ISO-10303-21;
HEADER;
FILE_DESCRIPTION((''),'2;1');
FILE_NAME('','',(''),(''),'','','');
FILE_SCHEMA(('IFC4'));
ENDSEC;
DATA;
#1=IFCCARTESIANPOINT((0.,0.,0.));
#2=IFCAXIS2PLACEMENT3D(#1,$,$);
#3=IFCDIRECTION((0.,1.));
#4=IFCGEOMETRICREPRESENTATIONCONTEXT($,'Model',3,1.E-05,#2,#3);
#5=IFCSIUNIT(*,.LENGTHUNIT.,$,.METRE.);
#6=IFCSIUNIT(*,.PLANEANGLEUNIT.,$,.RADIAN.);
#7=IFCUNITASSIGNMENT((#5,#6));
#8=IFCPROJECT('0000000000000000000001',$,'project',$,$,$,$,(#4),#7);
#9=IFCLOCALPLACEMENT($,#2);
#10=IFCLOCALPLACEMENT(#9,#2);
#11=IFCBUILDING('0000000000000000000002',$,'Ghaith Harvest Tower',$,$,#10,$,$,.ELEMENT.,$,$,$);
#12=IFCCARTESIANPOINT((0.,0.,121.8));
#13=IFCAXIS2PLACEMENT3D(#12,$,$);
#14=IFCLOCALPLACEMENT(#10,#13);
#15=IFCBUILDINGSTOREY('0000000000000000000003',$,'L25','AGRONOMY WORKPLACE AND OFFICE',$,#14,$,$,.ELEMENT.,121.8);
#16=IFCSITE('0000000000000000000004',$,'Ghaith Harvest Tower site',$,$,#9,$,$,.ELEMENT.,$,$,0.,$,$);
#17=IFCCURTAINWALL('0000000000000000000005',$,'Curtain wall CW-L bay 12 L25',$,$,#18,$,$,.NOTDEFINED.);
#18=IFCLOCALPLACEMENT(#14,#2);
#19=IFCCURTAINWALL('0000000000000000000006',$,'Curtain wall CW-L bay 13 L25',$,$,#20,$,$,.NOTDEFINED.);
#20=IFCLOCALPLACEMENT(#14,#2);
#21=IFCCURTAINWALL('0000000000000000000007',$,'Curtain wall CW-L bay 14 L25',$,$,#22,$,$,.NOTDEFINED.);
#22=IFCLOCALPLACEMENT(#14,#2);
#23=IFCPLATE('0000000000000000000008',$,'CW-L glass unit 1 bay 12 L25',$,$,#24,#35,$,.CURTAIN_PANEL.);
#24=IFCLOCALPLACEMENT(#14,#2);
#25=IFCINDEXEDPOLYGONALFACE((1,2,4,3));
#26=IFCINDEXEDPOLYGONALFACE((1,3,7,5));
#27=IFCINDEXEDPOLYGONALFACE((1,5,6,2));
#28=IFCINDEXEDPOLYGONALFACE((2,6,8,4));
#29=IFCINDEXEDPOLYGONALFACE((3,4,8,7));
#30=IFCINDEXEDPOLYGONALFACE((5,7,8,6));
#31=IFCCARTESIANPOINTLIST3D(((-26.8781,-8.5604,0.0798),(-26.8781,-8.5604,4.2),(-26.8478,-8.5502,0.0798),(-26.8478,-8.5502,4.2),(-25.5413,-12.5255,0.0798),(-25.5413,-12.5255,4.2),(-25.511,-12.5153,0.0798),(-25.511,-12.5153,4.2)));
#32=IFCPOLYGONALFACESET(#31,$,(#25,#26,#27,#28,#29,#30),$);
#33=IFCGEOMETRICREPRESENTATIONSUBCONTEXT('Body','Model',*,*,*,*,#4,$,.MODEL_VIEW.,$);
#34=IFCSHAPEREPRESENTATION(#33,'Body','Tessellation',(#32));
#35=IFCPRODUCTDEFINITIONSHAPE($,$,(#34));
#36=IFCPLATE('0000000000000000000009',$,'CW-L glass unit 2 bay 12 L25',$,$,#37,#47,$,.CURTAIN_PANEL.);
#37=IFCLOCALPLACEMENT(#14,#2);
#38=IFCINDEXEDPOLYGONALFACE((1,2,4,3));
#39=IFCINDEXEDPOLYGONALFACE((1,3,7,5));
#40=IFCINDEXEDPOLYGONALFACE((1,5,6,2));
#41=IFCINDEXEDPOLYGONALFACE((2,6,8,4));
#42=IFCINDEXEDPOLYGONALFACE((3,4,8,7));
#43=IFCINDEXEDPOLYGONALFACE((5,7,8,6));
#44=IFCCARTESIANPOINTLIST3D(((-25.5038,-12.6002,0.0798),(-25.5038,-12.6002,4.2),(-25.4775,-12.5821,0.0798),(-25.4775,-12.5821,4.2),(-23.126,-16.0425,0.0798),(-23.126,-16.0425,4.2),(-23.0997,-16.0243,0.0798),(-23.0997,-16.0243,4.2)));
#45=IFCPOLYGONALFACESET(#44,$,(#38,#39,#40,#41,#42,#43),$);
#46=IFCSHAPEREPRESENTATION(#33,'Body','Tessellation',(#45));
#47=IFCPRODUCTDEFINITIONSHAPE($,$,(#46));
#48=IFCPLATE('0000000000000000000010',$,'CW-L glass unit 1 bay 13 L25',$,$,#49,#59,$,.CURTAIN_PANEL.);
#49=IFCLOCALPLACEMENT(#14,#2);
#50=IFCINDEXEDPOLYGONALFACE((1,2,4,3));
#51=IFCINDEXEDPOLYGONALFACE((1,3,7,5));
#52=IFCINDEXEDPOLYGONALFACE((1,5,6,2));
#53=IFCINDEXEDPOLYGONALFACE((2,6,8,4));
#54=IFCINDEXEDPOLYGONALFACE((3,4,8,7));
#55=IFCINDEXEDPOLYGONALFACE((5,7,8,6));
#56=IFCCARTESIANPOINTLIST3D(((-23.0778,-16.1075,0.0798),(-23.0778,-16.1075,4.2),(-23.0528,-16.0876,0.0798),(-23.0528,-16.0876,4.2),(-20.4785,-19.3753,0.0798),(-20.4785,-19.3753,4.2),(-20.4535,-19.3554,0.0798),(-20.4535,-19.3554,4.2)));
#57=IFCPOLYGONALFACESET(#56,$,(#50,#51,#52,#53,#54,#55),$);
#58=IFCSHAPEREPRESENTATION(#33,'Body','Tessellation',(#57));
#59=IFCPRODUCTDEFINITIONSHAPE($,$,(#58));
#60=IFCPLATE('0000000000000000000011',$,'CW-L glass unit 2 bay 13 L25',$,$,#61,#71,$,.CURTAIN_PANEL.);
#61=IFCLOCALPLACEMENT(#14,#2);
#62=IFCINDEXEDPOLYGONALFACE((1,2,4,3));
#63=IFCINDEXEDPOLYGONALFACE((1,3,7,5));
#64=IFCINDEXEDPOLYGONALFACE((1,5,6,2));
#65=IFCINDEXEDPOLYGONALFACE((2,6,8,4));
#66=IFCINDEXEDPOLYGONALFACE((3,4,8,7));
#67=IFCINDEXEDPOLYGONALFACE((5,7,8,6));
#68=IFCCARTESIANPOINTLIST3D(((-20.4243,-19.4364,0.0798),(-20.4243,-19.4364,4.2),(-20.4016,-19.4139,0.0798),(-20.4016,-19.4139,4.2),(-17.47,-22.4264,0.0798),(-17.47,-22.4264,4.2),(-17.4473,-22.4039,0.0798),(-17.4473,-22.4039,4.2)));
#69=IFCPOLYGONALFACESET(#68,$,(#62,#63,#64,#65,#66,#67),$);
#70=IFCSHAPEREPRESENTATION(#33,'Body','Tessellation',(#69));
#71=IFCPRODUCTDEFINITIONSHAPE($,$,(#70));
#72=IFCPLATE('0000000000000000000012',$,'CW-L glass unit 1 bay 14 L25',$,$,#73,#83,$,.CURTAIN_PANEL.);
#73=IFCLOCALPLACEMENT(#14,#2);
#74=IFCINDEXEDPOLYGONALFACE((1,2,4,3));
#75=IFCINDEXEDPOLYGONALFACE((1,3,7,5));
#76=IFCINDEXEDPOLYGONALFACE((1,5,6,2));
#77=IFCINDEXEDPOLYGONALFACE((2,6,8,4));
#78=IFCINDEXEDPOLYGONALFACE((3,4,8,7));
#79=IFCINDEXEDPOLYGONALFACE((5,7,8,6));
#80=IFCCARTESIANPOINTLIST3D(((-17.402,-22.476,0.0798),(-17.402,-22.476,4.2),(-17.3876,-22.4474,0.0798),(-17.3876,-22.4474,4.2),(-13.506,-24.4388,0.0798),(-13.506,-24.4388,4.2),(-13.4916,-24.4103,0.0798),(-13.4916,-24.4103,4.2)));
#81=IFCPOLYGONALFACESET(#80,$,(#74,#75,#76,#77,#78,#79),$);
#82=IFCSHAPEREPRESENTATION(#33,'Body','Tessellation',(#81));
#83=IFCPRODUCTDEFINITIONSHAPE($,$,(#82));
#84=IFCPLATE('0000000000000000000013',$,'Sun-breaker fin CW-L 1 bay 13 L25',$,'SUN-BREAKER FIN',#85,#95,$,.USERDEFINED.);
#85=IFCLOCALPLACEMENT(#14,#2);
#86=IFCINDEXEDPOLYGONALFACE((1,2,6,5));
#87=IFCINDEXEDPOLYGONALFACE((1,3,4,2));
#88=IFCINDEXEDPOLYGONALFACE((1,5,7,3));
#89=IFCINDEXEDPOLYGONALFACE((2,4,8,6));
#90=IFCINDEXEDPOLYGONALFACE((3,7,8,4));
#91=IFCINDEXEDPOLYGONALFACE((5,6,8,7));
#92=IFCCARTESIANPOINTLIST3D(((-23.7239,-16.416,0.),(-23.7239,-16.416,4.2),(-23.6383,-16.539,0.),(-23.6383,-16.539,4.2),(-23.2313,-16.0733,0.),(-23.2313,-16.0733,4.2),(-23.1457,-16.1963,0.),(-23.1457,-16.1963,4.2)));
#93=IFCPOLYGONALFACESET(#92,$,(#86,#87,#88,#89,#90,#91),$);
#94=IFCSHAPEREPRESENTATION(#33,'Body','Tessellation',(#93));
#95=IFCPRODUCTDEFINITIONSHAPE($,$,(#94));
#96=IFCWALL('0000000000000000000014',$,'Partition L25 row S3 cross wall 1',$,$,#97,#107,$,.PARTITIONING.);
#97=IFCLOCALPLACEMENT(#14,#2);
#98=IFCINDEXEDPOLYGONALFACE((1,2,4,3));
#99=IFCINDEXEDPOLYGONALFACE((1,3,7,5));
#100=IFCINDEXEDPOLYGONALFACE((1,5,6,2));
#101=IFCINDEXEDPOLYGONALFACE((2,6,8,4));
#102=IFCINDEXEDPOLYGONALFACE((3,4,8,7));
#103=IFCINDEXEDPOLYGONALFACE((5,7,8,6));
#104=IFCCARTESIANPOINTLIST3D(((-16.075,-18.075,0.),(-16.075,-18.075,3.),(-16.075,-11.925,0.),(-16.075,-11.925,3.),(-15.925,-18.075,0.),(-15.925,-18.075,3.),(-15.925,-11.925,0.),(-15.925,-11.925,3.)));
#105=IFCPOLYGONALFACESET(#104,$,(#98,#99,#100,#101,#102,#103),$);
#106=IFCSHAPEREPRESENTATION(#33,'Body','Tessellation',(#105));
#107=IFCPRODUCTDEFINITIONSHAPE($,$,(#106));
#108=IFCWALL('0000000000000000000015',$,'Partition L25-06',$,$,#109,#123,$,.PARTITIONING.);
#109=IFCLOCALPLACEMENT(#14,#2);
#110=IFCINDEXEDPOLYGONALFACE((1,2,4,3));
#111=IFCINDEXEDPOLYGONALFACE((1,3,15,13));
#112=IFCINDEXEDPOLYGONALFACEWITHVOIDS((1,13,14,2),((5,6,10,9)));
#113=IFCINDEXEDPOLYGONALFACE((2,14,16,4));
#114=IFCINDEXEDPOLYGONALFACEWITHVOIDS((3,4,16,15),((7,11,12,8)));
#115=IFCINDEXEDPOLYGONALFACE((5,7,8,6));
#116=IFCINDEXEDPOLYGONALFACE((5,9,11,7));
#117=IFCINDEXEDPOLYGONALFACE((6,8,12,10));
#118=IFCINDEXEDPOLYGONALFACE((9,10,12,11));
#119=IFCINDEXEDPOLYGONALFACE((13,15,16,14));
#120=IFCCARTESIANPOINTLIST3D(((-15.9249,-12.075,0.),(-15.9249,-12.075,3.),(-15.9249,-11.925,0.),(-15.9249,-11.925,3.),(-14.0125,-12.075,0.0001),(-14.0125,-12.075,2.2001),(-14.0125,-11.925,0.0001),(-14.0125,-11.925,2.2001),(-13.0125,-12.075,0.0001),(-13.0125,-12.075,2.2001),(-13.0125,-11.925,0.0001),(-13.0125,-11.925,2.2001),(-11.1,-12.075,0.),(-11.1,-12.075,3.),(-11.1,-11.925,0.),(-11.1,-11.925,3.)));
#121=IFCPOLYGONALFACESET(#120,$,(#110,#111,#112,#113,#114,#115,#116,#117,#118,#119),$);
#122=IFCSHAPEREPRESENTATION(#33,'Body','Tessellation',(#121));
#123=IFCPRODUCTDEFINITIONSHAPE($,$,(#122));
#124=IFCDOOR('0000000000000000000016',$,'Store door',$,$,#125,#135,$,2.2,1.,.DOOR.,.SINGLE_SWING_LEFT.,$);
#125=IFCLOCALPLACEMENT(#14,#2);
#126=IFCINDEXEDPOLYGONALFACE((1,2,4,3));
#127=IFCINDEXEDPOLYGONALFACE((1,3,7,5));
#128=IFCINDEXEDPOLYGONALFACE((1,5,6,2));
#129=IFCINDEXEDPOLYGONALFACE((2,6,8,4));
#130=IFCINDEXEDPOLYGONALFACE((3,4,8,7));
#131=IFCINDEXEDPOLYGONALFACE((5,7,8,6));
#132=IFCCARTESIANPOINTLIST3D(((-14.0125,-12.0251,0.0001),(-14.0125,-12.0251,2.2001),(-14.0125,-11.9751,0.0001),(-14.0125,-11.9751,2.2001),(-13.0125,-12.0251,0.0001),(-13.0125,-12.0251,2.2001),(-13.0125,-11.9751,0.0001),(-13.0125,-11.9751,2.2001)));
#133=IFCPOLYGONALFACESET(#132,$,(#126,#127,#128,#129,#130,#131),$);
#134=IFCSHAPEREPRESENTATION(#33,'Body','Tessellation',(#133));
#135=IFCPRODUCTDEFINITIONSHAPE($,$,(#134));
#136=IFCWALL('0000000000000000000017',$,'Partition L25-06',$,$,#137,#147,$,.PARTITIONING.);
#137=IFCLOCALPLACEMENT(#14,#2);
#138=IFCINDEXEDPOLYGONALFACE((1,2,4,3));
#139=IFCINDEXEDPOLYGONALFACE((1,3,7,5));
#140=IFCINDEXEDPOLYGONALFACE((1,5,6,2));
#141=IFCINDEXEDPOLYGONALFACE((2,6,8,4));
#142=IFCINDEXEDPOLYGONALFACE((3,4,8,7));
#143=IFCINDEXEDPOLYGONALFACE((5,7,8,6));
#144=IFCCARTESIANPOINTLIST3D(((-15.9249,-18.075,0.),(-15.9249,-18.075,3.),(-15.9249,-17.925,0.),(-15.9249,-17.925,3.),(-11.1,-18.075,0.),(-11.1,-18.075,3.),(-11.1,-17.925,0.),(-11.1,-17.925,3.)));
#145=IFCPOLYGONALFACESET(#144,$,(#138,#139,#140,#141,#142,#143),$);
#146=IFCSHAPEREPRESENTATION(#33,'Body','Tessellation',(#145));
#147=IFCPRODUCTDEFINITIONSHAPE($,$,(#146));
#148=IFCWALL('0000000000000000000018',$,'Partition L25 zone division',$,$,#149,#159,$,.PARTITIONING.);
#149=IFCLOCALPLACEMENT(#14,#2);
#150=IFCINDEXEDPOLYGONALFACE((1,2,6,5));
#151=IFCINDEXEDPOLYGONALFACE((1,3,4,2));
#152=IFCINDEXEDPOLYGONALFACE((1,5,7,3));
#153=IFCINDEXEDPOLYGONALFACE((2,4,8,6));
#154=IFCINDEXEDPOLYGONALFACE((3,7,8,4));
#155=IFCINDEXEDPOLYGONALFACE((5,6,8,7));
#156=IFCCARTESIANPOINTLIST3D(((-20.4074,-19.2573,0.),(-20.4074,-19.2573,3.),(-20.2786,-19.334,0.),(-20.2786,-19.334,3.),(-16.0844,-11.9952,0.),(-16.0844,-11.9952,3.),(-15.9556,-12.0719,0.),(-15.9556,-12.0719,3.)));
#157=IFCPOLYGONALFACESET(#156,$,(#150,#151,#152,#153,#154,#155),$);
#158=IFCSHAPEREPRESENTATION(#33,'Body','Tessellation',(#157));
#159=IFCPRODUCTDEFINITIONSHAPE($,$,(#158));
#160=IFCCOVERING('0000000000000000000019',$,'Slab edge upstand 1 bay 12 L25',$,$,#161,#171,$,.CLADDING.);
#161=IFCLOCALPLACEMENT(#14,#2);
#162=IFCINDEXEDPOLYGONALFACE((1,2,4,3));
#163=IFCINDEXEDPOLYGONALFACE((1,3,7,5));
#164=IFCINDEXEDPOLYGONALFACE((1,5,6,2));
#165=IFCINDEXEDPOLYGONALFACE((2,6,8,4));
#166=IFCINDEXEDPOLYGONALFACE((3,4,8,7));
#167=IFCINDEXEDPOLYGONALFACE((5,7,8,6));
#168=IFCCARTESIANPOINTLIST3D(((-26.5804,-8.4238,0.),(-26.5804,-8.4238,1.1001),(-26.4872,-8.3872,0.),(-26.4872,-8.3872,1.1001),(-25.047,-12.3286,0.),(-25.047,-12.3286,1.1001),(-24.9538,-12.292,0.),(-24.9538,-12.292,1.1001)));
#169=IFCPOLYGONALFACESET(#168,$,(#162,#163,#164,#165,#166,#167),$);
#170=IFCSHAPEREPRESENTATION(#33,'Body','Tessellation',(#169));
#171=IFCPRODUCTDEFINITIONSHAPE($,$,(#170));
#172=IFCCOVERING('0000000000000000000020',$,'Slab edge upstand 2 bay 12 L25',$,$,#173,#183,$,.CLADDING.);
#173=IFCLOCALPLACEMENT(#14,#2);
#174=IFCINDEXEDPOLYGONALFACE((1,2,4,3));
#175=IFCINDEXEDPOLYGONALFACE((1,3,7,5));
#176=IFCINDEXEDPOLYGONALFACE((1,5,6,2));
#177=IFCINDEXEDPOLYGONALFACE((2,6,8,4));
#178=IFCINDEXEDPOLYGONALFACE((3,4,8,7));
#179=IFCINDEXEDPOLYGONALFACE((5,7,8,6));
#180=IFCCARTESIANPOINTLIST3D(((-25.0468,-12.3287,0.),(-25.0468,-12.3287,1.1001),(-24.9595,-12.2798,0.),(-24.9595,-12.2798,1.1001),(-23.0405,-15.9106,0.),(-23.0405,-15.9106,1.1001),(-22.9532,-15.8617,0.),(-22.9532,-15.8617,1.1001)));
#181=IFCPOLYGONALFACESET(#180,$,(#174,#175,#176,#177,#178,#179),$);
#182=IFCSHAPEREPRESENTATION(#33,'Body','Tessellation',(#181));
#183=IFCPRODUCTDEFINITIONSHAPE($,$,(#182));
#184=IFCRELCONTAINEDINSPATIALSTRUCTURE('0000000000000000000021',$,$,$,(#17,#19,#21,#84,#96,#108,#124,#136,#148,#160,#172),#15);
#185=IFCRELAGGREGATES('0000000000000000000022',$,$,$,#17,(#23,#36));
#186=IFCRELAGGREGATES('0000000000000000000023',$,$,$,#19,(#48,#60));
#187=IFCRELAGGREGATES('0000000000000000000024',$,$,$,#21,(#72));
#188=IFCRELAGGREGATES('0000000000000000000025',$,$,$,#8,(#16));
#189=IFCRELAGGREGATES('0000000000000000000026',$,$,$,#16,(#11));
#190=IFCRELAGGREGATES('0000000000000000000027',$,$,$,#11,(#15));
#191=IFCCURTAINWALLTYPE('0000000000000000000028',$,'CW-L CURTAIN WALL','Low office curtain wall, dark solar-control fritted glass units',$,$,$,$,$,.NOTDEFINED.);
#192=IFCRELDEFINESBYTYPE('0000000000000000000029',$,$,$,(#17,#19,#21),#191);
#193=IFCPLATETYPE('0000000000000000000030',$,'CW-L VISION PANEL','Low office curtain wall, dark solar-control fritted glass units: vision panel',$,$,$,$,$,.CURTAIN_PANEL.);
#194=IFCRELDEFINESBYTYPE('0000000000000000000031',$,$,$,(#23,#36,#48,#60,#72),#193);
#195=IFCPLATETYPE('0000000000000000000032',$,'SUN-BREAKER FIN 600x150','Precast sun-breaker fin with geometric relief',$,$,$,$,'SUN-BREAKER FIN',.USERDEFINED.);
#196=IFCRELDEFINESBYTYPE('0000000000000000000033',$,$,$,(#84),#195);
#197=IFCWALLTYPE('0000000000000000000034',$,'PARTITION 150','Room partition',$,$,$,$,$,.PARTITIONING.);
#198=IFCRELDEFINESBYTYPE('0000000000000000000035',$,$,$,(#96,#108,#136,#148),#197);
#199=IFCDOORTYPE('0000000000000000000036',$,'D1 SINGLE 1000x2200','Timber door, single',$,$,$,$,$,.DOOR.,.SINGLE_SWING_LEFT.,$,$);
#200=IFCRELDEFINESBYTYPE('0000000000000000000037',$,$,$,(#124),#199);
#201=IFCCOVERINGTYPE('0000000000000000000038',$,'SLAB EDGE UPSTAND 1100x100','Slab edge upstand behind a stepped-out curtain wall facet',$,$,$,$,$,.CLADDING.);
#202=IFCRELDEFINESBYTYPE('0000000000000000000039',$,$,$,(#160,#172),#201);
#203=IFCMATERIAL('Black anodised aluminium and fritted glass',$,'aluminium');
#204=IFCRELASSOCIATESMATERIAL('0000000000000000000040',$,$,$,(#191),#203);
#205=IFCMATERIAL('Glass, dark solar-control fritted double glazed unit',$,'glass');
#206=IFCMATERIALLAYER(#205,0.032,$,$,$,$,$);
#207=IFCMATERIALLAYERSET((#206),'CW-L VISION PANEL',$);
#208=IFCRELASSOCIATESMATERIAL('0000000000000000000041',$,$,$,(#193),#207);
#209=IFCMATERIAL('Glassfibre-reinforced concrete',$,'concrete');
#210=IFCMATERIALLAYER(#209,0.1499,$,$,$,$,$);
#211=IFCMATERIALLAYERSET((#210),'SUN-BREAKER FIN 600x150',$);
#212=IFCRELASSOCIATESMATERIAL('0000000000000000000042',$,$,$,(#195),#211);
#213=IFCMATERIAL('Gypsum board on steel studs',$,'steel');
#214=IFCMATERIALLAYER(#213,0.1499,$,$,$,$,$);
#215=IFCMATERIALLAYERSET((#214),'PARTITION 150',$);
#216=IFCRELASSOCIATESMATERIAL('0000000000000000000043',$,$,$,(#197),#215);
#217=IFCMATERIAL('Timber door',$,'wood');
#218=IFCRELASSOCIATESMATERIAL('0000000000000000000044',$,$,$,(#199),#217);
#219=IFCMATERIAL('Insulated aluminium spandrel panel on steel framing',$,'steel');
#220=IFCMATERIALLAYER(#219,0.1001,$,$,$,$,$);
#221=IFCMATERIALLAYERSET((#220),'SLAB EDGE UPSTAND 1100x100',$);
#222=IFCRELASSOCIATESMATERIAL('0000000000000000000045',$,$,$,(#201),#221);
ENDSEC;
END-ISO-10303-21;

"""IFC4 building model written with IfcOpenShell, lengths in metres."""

from ifc_helpers import new_model, si_unit, direction, frame, frame_2d, origin, origin_2d, place, context, subcontext, project, spatial, rectangle, extrude, material, layer, layer_set, type_object, element, fill, aggregate, save


model = new_model("IFC4")

# Units and contexts
model_context = context("Model", 3, precision=1e-05, world=origin(), true_north=direction((0.0, 1.0)))
body_context = subcontext(model_context, "Body", "Model", "MODEL_VIEW")
ifc_project = project(units=[si_unit("LENGTHUNIT", "METRE"), si_unit("PLANEANGLEUNIT", "RADIAN")], contexts=[model_context])

# Site, building, storey
site_placement = place(None, origin())
site = spatial("IfcSite", under=ifc_project, at=site_placement, Name="Ghaith Harvest Tower site", CompositionType="ELEMENT", RefElevation=0.0)
building_placement = place(site_placement, origin())
building = spatial("IfcBuilding", under=site, at=building_placement, Name="Ghaith Harvest Tower", CompositionType="ELEMENT")
storey_placement = place(building_placement, frame((0.0, 0.0, 121.8)))
storey = spatial("IfcBuildingStorey", under=building, at=storey_placement, Name="L25", Description="AGRONOMY WORKPLACE AND OFFICE", CompositionType="ELEMENT", Elevation=121.8)

# Curtain wall
ifc_material_1 = material(Name="Black anodised aluminium and fritted glass", Category="aluminium")
curtain_wall_type = type_object("IfcCurtainWallType", Name="CW-L CURTAIN WALL", Description="Low office curtain wall, dark solar-control fritted glass units", PredefinedType="NOTDEFINED", material=ifc_material_1)
curtain_wall_1_placement = place(storey_placement, origin())
curtain_wall_1 = element("IfcCurtainWall", 1, at=curtain_wall_1_placement, inside=storey, type_object=curtain_wall_type, Name="Curtain wall CW-L bay 12 L25", PredefinedType="NOTDEFINED")

# Curtain wall
curtain_wall_2_placement = place(storey_placement, origin())
curtain_wall_2 = element("IfcCurtainWall", 2, at=curtain_wall_2_placement, inside=storey, type_object=curtain_wall_type, Name="Curtain wall CW-L bay 13 L25", PredefinedType="NOTDEFINED")

# Curtain wall
curtain_wall_3_placement = place(storey_placement, origin())
curtain_wall_3 = element("IfcCurtainWall", 3, at=curtain_wall_3_placement, inside=storey, type_object=curtain_wall_type, Name="Curtain wall CW-L bay 14 L25", PredefinedType="NOTDEFINED")

# Plates
ifc_material_2 = material(Name="Glass, dark solar-control fritted double glazed unit", Category="glass")
ifc_layer_1 = layer(ifc_material_2, 0.032)
ifc_layer_set_1 = layer_set([ifc_layer_1], Name="CW-L VISION PANEL")
plate_type_1 = type_object("IfcPlateType", Name="CW-L VISION PANEL", Description="Low office curtain wall, dark solar-control fritted glass units: vision panel", PredefinedType="CURTAIN_PANEL", material=ifc_layer_set_1)
plate_1_placement = place(storey_placement, frame((-26.1946, -10.5378, 0.0798), z_axis=(0.0, 0.0, 1.0), x_axis=(0.319477, -0.947594, 0.0)))
plate_1 = element("IfcPlate", 4, at=plate_1_placement, type_object=plate_type_1, Name="CW-L glass unit 1 bay 12 L25", PredefinedType="CURTAIN_PANEL", context=body_context, shape_type="SweptSolid", body=[
    extrude(rectangle(XDim=4.1843, YDim=0.032, at=origin_2d()), origin(), (0.0, 0.0, 1.0), 4.1201),
])
plate_2_placement = place(storey_placement, frame((-24.3018, -14.3123, 0.0798), z_axis=(0.0, 0.0, 1.0), x_axis=(0.568348, -0.822788, 0.0)))
plate_2 = element("IfcPlate", 5, at=plate_2_placement, type_object=plate_type_1, Name="CW-L glass unit 2 bay 12 L25", PredefinedType="CURTAIN_PANEL", context=body_context, shape_type="SweptSolid", body=[
    extrude(rectangle(XDim=4.1836, YDim=0.032, at=origin_2d()), origin(), (0.0, 0.0, 1.0), 4.1201),
])
aggregate(curtain_wall_1, [plate_1, plate_2])
plate_3_placement = place(storey_placement, frame((-21.7656, -17.7314, 0.0798), z_axis=(0.0, 0.0, 1.0), x_axis=(0.622507, -0.782614, 0.0)))
plate_3 = element("IfcPlate", 6, at=plate_3_placement, type_object=plate_type_1, Name="CW-L glass unit 1 bay 13 L25", PredefinedType="CURTAIN_PANEL", context=body_context, shape_type="SweptSolid", body=[
    extrude(rectangle(XDim=4.1755, YDim=0.032, at=origin_2d()), origin(), (0.0, 0.0, 1.0), 4.1201),
])
plate_4_placement = place(storey_placement, frame((-18.9358, -20.9202, 0.0798), z_axis=(0.0, 0.0, 1.0), x_axis=(0.702843, -0.711345, 0.0)))
plate_4 = element("IfcPlate", 7, at=plate_4_placement, type_object=plate_type_1, Name="CW-L glass unit 2 bay 13 L25", PredefinedType="CURTAIN_PANEL", context=body_context, shape_type="SweptSolid", body=[
    extrude(rectangle(XDim=4.2034, YDim=0.032, at=origin_2d()), origin(), (0.0, 0.0, 1.0), 4.1201),
])
aggregate(curtain_wall_2, [plate_3, plate_4])
plate_5_placement = place(storey_placement, frame((-15.4468, -23.4431, 0.0798), z_axis=(0.0, 0.0, 1.0), x_axis=(0.893062, -0.449933, 0.0)))
plate_5 = element("IfcPlate", 8, at=plate_5_placement, type_object=plate_type_1, Name="CW-L glass unit 1 bay 14 L25", PredefinedType="CURTAIN_PANEL", context=body_context, shape_type="SweptSolid", body=[
    extrude(rectangle(XDim=4.3625, YDim=0.032, at=origin_2d()), origin(), (0.0, 0.0, 1.0), 4.1201),
])
aggregate(curtain_wall_3, [plate_5])
ifc_material_3 = material(Name="Glassfibre-reinforced concrete", Category="concrete")
ifc_layer_2 = layer(ifc_material_3, 0.1499)
ifc_layer_set_2 = layer_set([ifc_layer_2], Name="SUN-BREAKER FIN 600x150")
plate_type_2 = type_object("IfcPlateType", Name="SUN-BREAKER FIN 600x150", Description="Precast sun-breaker fin with geometric relief", ElementType="SUN-BREAKER FIN", PredefinedType="USERDEFINED", material=ifc_layer_set_2)
plate_6_placement = place(storey_placement, frame((-23.4348, -16.3062, 0.0), z_axis=(0.0, 0.0, 1.0), x_axis=(-0.820845, -0.57115, 0.0)))
element("IfcPlate", 9, at=plate_6_placement, inside=storey, type_object=plate_type_2, Name="Sun-breaker fin CW-L 1 bay 13 L25", ObjectType="SUN-BREAKER FIN", PredefinedType="USERDEFINED", context=body_context, shape_type="SweptSolid", body=[
    extrude(rectangle(XDim=0.6001, YDim=0.1499, at=origin_2d()), origin(), (0.0, 0.0, 1.0), 4.2),
])

# Wall
ifc_material_4 = material(Name="Gypsum board on steel studs", Category="steel")
ifc_layer_3 = layer(ifc_material_4, 0.1499)
ifc_layer_set_3 = layer_set([ifc_layer_3], Name="PARTITION 150")
wall_type_1 = type_object("IfcWallType", Name="PARTITION 150", Description="Room partition", PredefinedType="PARTITIONING", material=ifc_layer_set_3)
wall_1_placement = place(storey_placement, frame((-16.0, -11.925, 0.0), z_axis=(0.0, 0.0, 1.0), x_axis=(0.0, -1.0, 0.0)))
element("IfcWall", 10, at=wall_1_placement, inside=storey, type_object=wall_type_1, Name="Partition L25 row S3 cross wall 1", PredefinedType="PARTITIONING", context=body_context, shape_type="SweptSolid", body=[
    extrude(rectangle(XDim=6.1499, YDim=0.1499, at=frame_2d((3.075, 0.0))), origin(), (0.0, 0.0, 1.0), 3.0),
])

# Wall, opening, door
wall_2_placement = place(storey_placement, frame((-15.925, -12.0, 0.0), z_axis=(0.0, 0.0, 1.0), x_axis=(1.0, 0.0, 0.0)))
wall_2 = element("IfcWall", 11, at=wall_2_placement, inside=storey, type_object=wall_type_1, Name="Partition L25-06", PredefinedType="PARTITIONING", context=body_context, shape_type="SweptSolid", body=[
    extrude(rectangle(XDim=4.825, YDim=0.1499, at=frame_2d((2.4126, 0.0))), origin(), (0.0, 0.0, 1.0), 3.0),
])
opening_1_placement = place(wall_2_placement, frame((1.9126, 0.0, 0.0)))
opening_1 = element("IfcOpeningElement", 12, at=opening_1_placement, cuts=wall_2, PredefinedType="OPENING", context=body_context, shape_type="SweptSolid", body=[
    extrude(rectangle(XDim=1.0, YDim=2.2, at=frame_2d((0.5, 1.1001))), frame((0.0, 0.085, 0.0), z_axis=(0.0, -1.0, 0.0), x_axis=(1.0, 0.0, 0.0)), (0.0, 0.0, 1.0), 0.1699),
])
ifc_material_5 = material(Name="Timber door", Category="wood")
door_type_1 = type_object("IfcDoorType", Name="D1 SINGLE 1000x2200", Description="Timber door, single", OperationType="SINGLE_SWING_LEFT", PredefinedType="DOOR", material=ifc_material_5)
door_1_placement = place(opening_1_placement, origin())
door_1 = element("IfcDoor", 13, at=door_1_placement, inside=storey, type_object=door_type_1, Name="Store door", OperationType="SINGLE_SWING_LEFT", OverallHeight=2.2, OverallWidth=1.0, PredefinedType="DOOR", context=body_context, shape_type="SweptSolid", body=[
    extrude(rectangle(XDim=1.0, YDim=2.2, at=frame_2d((0.5, 1.1001))), frame((0.0, 0.0249, 0.0), z_axis=(0.0, -1.0, 0.0), x_axis=(1.0, 0.0, 0.0)), (0.0, 0.0, 1.0), 0.05),
])
fill(opening_1, door_1)

# Walls
wall_3_placement = place(storey_placement, frame((-15.925, -18.0, 0.0), z_axis=(0.0, 0.0, 1.0), x_axis=(1.0, 0.0, 0.0)))
element("IfcWall", 14, at=wall_3_placement, inside=storey, type_object=wall_type_1, Name="Partition L25-06", PredefinedType="PARTITIONING", context=body_context, shape_type="SweptSolid", body=[
    extrude(rectangle(XDim=4.825, YDim=0.1499, at=frame_2d((2.4126, 0.0))), origin(), (0.0, 0.0, 1.0), 3.0),
])
wall_4_placement = place(storey_placement, frame((-16.02, -12.0337, 0.0), z_axis=(0.0, 0.0, 1.0), x_axis=(-0.511519, -0.859272, 0.0)))
element("IfcWall", 15, at=wall_4_placement, inside=storey, type_object=wall_type_1, Name="Partition L25 zone division", PredefinedType="PARTITIONING", context=body_context, shape_type="SweptSolid", body=[
    extrude(rectangle(XDim=8.4514, YDim=0.1499, at=frame_2d((4.2256, 0.0))), origin(), (0.0, 0.0, 1.0), 3.0),
])

# Coverings
ifc_material_6 = material(Name="Insulated aluminium spandrel panel on steel framing", Category="steel")
ifc_layer_4 = layer(ifc_material_6, 0.1001)
ifc_layer_set_4 = layer_set([ifc_layer_4], Name="SLAB EDGE UPSTAND 1100x100")
covering_type = type_object("IfcCoveringType", Name="SLAB EDGE UPSTAND 1100x100", Description="Slab edge upstand behind a stepped-out curtain wall facet", PredefinedType="CLADDING", material=ifc_layer_set_4)
covering_1_placement = place(storey_placement, frame((-25.7671, -10.3579, 0.0), z_axis=(0.0, 0.0, 1.0), x_axis=(0.365515, -0.930805, 0.0)))
element("IfcCovering", 16, at=covering_1_placement, inside=storey, type_object=covering_type, Name="Slab edge upstand 1 bay 12 L25", PredefinedType="CLADDING", context=body_context, shape_type="SweptSolid", body=[
    extrude(rectangle(XDim=4.1951, YDim=0.1001, at=origin_2d()), origin(), (0.0, 0.0, 1.0), 1.1001),
])
covering_2_placement = place(storey_placement, frame((-24.0, -14.0952, 0.0), z_axis=(0.0, 0.0, 1.0), x_axis=(0.488684, -0.872461, 0.0)))
element("IfcCovering", 17, at=covering_2_placement, inside=storey, type_object=covering_type, Name="Slab edge upstand 2 bay 12 L25", PredefinedType="CLADDING", context=body_context, shape_type="SweptSolid", body=[
    extrude(rectangle(XDim=4.1055, YDim=0.1001, at=origin_2d()), origin(), (0.0, 0.0, 1.0), 1.1001),
])

save(model, "model.ifc")
